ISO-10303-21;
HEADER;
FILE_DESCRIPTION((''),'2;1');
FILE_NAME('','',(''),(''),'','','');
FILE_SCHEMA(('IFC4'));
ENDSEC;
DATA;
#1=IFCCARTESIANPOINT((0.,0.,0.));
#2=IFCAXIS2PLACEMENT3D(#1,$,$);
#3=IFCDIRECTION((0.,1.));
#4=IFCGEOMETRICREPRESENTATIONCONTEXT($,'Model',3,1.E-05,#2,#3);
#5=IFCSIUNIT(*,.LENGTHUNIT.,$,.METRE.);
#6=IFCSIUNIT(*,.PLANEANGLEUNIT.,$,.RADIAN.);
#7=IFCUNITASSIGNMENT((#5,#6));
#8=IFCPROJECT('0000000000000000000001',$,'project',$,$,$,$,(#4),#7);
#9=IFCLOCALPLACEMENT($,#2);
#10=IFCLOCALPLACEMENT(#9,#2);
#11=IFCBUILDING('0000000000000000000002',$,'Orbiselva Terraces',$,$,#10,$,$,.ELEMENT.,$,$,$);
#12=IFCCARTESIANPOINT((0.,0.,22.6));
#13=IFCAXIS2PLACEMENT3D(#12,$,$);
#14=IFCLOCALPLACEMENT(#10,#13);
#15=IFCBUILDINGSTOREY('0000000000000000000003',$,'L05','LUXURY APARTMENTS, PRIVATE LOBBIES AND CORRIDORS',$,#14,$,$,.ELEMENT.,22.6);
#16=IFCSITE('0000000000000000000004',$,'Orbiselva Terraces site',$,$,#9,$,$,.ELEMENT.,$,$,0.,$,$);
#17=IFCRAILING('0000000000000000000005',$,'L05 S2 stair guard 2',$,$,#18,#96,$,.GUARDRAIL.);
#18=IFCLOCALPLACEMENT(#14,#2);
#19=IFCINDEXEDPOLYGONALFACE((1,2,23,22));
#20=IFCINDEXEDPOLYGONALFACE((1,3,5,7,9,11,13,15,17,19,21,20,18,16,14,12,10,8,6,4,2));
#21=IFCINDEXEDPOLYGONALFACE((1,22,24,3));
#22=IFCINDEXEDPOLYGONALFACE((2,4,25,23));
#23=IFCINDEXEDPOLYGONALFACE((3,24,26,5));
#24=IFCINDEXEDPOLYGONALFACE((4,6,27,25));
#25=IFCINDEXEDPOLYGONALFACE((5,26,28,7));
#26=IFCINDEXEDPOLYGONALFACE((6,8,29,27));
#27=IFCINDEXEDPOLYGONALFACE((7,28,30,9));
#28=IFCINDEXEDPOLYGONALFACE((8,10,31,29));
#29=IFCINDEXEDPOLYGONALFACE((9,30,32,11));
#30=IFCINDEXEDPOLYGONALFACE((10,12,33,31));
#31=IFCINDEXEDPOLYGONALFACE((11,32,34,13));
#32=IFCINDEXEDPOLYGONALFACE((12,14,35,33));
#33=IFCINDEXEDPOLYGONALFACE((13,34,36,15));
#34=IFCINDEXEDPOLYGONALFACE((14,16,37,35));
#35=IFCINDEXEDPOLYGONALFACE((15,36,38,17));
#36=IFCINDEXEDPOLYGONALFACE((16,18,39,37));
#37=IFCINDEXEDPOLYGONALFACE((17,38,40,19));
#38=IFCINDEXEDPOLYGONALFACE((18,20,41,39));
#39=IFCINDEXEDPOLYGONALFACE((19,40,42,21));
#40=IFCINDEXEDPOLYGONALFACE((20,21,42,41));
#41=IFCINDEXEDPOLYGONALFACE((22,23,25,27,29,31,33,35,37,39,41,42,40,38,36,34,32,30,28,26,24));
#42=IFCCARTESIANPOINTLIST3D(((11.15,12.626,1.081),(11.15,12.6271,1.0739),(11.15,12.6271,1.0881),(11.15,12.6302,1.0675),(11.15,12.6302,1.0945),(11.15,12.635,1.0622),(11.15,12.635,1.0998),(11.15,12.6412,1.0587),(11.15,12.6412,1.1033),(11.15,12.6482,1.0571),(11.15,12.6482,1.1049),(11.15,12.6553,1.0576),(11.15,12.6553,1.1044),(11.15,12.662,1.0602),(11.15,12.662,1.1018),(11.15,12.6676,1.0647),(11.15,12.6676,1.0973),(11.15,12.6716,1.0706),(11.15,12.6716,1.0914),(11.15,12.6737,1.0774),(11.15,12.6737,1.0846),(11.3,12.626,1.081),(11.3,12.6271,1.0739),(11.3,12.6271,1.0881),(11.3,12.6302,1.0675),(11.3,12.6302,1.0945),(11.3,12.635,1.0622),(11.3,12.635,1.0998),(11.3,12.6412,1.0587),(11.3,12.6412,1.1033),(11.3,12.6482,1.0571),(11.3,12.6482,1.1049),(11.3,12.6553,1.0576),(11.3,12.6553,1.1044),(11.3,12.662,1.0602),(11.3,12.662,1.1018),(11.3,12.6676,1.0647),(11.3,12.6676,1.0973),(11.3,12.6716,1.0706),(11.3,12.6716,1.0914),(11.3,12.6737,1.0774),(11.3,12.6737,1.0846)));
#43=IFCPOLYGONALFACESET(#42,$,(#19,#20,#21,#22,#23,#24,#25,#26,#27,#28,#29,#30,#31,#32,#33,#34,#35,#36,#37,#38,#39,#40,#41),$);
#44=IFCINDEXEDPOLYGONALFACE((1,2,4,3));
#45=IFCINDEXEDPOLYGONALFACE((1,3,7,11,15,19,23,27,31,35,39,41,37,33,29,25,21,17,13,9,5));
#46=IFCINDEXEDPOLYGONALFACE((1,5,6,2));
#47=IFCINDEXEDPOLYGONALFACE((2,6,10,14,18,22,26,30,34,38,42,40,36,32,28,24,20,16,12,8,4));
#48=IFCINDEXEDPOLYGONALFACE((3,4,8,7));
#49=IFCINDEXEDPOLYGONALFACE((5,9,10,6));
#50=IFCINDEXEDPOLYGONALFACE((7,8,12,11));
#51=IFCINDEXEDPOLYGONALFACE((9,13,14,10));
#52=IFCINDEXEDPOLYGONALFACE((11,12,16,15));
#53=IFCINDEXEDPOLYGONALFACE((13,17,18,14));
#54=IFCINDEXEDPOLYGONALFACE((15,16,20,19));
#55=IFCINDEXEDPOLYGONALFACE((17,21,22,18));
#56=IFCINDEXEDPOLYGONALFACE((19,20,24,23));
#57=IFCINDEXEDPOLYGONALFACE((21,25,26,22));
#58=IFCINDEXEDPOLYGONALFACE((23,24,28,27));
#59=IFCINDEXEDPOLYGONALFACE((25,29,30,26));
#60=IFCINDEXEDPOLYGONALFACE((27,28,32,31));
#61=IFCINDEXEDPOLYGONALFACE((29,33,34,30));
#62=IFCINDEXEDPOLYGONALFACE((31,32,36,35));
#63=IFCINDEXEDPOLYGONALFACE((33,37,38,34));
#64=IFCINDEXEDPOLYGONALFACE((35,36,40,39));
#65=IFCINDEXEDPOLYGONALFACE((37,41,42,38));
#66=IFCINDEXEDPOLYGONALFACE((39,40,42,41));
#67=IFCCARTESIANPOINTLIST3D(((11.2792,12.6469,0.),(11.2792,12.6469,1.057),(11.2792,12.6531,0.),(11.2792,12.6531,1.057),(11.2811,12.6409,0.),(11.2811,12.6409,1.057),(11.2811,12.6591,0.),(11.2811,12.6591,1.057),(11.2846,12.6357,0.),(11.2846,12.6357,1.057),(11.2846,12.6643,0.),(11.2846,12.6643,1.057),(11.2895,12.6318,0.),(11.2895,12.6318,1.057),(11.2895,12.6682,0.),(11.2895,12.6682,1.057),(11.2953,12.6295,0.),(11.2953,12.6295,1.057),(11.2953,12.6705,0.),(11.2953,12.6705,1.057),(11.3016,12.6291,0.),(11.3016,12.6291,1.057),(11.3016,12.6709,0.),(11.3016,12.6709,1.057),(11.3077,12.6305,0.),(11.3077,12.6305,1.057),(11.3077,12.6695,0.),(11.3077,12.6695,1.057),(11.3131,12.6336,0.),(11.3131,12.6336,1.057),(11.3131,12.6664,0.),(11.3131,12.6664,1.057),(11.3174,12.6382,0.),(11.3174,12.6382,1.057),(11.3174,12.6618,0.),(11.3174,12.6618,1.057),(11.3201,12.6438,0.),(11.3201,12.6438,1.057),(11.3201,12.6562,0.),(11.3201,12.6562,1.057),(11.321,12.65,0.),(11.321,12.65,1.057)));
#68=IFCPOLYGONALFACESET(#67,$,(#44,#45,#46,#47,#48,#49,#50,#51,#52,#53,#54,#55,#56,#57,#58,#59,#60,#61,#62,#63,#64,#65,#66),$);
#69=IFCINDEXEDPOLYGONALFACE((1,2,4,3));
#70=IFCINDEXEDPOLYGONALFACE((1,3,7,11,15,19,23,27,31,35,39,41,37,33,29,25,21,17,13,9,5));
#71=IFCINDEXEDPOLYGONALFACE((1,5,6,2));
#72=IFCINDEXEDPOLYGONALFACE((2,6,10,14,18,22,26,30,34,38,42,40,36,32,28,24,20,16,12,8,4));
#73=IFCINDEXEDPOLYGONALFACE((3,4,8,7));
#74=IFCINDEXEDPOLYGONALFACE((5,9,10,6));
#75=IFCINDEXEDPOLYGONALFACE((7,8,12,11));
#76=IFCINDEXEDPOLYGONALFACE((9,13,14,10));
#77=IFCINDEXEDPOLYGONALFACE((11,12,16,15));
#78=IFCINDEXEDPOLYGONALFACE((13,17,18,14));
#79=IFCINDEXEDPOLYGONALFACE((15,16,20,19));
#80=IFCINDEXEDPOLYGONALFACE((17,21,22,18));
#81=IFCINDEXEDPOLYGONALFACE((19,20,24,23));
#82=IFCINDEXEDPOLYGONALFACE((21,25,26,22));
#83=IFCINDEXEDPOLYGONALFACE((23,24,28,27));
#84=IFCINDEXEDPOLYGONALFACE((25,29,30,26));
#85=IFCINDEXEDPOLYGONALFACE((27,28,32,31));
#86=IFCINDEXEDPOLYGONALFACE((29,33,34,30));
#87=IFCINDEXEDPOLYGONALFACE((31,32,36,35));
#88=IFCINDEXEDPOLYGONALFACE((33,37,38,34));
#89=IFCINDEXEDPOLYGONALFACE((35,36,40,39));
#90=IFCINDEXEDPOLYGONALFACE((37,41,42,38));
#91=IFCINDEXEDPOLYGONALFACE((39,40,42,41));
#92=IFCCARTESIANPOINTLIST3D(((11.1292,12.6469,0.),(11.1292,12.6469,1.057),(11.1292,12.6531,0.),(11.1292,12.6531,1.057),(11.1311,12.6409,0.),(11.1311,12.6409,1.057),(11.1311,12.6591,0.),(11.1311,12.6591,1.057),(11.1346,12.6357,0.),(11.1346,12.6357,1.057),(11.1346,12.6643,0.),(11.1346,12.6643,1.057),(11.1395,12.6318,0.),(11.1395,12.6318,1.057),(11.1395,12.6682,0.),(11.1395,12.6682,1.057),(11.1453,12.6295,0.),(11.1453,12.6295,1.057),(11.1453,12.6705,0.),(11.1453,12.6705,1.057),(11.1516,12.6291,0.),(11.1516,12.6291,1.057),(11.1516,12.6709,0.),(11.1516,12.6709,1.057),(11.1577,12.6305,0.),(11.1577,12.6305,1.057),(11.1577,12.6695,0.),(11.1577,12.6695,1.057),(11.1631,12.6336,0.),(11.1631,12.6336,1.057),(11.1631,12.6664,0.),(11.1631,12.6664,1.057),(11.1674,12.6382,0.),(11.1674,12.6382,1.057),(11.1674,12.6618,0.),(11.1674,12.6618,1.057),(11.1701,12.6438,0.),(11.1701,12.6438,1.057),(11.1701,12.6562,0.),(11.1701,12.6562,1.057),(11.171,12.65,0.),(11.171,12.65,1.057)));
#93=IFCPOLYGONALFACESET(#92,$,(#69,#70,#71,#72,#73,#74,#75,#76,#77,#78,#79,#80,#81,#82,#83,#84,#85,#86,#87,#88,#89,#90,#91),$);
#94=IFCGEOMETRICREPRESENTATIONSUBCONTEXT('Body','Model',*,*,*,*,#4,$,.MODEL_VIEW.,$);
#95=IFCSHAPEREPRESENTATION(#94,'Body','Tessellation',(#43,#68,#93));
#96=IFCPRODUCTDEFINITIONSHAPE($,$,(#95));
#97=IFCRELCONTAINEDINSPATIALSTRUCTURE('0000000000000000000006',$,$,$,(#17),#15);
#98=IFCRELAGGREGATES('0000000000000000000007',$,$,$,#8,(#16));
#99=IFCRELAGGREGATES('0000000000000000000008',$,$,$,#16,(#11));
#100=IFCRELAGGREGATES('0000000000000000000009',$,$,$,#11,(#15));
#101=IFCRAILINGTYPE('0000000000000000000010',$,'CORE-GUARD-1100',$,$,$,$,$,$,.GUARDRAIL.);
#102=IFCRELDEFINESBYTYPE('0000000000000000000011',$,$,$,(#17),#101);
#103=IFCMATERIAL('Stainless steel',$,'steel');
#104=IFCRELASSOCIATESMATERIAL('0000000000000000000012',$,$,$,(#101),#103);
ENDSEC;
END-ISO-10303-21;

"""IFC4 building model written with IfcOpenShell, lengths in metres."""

from ifc_helpers import new_model, si_unit, direction, frame, origin, origin_2d, place, context, subcontext, project, spatial, circle, extrude, material, type_object, element, save


model = new_model("IFC4")

# Units and contexts
model_context = context("Model", 3, precision=1e-05, world=origin(), true_north=direction((0.0, 1.0)))
body_context = subcontext(model_context, "Body", "Model", "MODEL_VIEW")
ifc_project = project(units=[si_unit("LENGTHUNIT", "METRE"), si_unit("PLANEANGLEUNIT", "RADIAN")], contexts=[model_context])

# Site, building, storey
site_placement = place(None, origin())
site = spatial("IfcSite", under=ifc_project, at=site_placement, Name="Orbiselva Terraces site", CompositionType="ELEMENT", RefElevation=0.0)
building_placement = place(site_placement, origin())
building = spatial("IfcBuilding", under=site, at=building_placement, Name="Orbiselva Terraces", CompositionType="ELEMENT")
storey_placement = place(building_placement, frame((0.0, 0.0, 22.6)))
storey = spatial("IfcBuildingStorey", under=building, at=storey_placement, Name="L05", Description="LUXURY APARTMENTS, PRIVATE LOBBIES AND CORRIDORS", CompositionType="ELEMENT", Elevation=22.6)

# Railing
ifc_material_1 = material(Name="Stainless steel", Category="steel")
railing_type = type_object("IfcRailingType", Name="CORE-GUARD-1100", PredefinedType="GUARDRAIL", material=ifc_material_1)
railing_1_placement = place(storey_placement, frame((11.3, 12.65, 0.0)))
element("IfcRailing", 1, at=railing_1_placement, inside=storey, type_object=railing_type, Name="L05 S2 stair guard 2", PredefinedType="GUARDRAIL", context=body_context, shape_type="SweptSolid", body=[
    extrude(circle(Radius=0.024, at=origin_2d()), frame((0.0, 0.0, 1.081), z_axis=(-1.0, 0.0, 0.0), x_axis=(0.0, -1.0, 0.0)), (0.0, 0.0, 1.0), 0.15),
    extrude(circle(Radius=0.021, at=origin_2d()), origin(), (0.0, 0.0, 1.0), 1.057),
    extrude(circle(Radius=0.021, at=origin_2d()), frame((-0.15, 0.0, 0.0)), (0.0, 0.0, 1.0), 1.057),
])

save(model, "model.ifc")
